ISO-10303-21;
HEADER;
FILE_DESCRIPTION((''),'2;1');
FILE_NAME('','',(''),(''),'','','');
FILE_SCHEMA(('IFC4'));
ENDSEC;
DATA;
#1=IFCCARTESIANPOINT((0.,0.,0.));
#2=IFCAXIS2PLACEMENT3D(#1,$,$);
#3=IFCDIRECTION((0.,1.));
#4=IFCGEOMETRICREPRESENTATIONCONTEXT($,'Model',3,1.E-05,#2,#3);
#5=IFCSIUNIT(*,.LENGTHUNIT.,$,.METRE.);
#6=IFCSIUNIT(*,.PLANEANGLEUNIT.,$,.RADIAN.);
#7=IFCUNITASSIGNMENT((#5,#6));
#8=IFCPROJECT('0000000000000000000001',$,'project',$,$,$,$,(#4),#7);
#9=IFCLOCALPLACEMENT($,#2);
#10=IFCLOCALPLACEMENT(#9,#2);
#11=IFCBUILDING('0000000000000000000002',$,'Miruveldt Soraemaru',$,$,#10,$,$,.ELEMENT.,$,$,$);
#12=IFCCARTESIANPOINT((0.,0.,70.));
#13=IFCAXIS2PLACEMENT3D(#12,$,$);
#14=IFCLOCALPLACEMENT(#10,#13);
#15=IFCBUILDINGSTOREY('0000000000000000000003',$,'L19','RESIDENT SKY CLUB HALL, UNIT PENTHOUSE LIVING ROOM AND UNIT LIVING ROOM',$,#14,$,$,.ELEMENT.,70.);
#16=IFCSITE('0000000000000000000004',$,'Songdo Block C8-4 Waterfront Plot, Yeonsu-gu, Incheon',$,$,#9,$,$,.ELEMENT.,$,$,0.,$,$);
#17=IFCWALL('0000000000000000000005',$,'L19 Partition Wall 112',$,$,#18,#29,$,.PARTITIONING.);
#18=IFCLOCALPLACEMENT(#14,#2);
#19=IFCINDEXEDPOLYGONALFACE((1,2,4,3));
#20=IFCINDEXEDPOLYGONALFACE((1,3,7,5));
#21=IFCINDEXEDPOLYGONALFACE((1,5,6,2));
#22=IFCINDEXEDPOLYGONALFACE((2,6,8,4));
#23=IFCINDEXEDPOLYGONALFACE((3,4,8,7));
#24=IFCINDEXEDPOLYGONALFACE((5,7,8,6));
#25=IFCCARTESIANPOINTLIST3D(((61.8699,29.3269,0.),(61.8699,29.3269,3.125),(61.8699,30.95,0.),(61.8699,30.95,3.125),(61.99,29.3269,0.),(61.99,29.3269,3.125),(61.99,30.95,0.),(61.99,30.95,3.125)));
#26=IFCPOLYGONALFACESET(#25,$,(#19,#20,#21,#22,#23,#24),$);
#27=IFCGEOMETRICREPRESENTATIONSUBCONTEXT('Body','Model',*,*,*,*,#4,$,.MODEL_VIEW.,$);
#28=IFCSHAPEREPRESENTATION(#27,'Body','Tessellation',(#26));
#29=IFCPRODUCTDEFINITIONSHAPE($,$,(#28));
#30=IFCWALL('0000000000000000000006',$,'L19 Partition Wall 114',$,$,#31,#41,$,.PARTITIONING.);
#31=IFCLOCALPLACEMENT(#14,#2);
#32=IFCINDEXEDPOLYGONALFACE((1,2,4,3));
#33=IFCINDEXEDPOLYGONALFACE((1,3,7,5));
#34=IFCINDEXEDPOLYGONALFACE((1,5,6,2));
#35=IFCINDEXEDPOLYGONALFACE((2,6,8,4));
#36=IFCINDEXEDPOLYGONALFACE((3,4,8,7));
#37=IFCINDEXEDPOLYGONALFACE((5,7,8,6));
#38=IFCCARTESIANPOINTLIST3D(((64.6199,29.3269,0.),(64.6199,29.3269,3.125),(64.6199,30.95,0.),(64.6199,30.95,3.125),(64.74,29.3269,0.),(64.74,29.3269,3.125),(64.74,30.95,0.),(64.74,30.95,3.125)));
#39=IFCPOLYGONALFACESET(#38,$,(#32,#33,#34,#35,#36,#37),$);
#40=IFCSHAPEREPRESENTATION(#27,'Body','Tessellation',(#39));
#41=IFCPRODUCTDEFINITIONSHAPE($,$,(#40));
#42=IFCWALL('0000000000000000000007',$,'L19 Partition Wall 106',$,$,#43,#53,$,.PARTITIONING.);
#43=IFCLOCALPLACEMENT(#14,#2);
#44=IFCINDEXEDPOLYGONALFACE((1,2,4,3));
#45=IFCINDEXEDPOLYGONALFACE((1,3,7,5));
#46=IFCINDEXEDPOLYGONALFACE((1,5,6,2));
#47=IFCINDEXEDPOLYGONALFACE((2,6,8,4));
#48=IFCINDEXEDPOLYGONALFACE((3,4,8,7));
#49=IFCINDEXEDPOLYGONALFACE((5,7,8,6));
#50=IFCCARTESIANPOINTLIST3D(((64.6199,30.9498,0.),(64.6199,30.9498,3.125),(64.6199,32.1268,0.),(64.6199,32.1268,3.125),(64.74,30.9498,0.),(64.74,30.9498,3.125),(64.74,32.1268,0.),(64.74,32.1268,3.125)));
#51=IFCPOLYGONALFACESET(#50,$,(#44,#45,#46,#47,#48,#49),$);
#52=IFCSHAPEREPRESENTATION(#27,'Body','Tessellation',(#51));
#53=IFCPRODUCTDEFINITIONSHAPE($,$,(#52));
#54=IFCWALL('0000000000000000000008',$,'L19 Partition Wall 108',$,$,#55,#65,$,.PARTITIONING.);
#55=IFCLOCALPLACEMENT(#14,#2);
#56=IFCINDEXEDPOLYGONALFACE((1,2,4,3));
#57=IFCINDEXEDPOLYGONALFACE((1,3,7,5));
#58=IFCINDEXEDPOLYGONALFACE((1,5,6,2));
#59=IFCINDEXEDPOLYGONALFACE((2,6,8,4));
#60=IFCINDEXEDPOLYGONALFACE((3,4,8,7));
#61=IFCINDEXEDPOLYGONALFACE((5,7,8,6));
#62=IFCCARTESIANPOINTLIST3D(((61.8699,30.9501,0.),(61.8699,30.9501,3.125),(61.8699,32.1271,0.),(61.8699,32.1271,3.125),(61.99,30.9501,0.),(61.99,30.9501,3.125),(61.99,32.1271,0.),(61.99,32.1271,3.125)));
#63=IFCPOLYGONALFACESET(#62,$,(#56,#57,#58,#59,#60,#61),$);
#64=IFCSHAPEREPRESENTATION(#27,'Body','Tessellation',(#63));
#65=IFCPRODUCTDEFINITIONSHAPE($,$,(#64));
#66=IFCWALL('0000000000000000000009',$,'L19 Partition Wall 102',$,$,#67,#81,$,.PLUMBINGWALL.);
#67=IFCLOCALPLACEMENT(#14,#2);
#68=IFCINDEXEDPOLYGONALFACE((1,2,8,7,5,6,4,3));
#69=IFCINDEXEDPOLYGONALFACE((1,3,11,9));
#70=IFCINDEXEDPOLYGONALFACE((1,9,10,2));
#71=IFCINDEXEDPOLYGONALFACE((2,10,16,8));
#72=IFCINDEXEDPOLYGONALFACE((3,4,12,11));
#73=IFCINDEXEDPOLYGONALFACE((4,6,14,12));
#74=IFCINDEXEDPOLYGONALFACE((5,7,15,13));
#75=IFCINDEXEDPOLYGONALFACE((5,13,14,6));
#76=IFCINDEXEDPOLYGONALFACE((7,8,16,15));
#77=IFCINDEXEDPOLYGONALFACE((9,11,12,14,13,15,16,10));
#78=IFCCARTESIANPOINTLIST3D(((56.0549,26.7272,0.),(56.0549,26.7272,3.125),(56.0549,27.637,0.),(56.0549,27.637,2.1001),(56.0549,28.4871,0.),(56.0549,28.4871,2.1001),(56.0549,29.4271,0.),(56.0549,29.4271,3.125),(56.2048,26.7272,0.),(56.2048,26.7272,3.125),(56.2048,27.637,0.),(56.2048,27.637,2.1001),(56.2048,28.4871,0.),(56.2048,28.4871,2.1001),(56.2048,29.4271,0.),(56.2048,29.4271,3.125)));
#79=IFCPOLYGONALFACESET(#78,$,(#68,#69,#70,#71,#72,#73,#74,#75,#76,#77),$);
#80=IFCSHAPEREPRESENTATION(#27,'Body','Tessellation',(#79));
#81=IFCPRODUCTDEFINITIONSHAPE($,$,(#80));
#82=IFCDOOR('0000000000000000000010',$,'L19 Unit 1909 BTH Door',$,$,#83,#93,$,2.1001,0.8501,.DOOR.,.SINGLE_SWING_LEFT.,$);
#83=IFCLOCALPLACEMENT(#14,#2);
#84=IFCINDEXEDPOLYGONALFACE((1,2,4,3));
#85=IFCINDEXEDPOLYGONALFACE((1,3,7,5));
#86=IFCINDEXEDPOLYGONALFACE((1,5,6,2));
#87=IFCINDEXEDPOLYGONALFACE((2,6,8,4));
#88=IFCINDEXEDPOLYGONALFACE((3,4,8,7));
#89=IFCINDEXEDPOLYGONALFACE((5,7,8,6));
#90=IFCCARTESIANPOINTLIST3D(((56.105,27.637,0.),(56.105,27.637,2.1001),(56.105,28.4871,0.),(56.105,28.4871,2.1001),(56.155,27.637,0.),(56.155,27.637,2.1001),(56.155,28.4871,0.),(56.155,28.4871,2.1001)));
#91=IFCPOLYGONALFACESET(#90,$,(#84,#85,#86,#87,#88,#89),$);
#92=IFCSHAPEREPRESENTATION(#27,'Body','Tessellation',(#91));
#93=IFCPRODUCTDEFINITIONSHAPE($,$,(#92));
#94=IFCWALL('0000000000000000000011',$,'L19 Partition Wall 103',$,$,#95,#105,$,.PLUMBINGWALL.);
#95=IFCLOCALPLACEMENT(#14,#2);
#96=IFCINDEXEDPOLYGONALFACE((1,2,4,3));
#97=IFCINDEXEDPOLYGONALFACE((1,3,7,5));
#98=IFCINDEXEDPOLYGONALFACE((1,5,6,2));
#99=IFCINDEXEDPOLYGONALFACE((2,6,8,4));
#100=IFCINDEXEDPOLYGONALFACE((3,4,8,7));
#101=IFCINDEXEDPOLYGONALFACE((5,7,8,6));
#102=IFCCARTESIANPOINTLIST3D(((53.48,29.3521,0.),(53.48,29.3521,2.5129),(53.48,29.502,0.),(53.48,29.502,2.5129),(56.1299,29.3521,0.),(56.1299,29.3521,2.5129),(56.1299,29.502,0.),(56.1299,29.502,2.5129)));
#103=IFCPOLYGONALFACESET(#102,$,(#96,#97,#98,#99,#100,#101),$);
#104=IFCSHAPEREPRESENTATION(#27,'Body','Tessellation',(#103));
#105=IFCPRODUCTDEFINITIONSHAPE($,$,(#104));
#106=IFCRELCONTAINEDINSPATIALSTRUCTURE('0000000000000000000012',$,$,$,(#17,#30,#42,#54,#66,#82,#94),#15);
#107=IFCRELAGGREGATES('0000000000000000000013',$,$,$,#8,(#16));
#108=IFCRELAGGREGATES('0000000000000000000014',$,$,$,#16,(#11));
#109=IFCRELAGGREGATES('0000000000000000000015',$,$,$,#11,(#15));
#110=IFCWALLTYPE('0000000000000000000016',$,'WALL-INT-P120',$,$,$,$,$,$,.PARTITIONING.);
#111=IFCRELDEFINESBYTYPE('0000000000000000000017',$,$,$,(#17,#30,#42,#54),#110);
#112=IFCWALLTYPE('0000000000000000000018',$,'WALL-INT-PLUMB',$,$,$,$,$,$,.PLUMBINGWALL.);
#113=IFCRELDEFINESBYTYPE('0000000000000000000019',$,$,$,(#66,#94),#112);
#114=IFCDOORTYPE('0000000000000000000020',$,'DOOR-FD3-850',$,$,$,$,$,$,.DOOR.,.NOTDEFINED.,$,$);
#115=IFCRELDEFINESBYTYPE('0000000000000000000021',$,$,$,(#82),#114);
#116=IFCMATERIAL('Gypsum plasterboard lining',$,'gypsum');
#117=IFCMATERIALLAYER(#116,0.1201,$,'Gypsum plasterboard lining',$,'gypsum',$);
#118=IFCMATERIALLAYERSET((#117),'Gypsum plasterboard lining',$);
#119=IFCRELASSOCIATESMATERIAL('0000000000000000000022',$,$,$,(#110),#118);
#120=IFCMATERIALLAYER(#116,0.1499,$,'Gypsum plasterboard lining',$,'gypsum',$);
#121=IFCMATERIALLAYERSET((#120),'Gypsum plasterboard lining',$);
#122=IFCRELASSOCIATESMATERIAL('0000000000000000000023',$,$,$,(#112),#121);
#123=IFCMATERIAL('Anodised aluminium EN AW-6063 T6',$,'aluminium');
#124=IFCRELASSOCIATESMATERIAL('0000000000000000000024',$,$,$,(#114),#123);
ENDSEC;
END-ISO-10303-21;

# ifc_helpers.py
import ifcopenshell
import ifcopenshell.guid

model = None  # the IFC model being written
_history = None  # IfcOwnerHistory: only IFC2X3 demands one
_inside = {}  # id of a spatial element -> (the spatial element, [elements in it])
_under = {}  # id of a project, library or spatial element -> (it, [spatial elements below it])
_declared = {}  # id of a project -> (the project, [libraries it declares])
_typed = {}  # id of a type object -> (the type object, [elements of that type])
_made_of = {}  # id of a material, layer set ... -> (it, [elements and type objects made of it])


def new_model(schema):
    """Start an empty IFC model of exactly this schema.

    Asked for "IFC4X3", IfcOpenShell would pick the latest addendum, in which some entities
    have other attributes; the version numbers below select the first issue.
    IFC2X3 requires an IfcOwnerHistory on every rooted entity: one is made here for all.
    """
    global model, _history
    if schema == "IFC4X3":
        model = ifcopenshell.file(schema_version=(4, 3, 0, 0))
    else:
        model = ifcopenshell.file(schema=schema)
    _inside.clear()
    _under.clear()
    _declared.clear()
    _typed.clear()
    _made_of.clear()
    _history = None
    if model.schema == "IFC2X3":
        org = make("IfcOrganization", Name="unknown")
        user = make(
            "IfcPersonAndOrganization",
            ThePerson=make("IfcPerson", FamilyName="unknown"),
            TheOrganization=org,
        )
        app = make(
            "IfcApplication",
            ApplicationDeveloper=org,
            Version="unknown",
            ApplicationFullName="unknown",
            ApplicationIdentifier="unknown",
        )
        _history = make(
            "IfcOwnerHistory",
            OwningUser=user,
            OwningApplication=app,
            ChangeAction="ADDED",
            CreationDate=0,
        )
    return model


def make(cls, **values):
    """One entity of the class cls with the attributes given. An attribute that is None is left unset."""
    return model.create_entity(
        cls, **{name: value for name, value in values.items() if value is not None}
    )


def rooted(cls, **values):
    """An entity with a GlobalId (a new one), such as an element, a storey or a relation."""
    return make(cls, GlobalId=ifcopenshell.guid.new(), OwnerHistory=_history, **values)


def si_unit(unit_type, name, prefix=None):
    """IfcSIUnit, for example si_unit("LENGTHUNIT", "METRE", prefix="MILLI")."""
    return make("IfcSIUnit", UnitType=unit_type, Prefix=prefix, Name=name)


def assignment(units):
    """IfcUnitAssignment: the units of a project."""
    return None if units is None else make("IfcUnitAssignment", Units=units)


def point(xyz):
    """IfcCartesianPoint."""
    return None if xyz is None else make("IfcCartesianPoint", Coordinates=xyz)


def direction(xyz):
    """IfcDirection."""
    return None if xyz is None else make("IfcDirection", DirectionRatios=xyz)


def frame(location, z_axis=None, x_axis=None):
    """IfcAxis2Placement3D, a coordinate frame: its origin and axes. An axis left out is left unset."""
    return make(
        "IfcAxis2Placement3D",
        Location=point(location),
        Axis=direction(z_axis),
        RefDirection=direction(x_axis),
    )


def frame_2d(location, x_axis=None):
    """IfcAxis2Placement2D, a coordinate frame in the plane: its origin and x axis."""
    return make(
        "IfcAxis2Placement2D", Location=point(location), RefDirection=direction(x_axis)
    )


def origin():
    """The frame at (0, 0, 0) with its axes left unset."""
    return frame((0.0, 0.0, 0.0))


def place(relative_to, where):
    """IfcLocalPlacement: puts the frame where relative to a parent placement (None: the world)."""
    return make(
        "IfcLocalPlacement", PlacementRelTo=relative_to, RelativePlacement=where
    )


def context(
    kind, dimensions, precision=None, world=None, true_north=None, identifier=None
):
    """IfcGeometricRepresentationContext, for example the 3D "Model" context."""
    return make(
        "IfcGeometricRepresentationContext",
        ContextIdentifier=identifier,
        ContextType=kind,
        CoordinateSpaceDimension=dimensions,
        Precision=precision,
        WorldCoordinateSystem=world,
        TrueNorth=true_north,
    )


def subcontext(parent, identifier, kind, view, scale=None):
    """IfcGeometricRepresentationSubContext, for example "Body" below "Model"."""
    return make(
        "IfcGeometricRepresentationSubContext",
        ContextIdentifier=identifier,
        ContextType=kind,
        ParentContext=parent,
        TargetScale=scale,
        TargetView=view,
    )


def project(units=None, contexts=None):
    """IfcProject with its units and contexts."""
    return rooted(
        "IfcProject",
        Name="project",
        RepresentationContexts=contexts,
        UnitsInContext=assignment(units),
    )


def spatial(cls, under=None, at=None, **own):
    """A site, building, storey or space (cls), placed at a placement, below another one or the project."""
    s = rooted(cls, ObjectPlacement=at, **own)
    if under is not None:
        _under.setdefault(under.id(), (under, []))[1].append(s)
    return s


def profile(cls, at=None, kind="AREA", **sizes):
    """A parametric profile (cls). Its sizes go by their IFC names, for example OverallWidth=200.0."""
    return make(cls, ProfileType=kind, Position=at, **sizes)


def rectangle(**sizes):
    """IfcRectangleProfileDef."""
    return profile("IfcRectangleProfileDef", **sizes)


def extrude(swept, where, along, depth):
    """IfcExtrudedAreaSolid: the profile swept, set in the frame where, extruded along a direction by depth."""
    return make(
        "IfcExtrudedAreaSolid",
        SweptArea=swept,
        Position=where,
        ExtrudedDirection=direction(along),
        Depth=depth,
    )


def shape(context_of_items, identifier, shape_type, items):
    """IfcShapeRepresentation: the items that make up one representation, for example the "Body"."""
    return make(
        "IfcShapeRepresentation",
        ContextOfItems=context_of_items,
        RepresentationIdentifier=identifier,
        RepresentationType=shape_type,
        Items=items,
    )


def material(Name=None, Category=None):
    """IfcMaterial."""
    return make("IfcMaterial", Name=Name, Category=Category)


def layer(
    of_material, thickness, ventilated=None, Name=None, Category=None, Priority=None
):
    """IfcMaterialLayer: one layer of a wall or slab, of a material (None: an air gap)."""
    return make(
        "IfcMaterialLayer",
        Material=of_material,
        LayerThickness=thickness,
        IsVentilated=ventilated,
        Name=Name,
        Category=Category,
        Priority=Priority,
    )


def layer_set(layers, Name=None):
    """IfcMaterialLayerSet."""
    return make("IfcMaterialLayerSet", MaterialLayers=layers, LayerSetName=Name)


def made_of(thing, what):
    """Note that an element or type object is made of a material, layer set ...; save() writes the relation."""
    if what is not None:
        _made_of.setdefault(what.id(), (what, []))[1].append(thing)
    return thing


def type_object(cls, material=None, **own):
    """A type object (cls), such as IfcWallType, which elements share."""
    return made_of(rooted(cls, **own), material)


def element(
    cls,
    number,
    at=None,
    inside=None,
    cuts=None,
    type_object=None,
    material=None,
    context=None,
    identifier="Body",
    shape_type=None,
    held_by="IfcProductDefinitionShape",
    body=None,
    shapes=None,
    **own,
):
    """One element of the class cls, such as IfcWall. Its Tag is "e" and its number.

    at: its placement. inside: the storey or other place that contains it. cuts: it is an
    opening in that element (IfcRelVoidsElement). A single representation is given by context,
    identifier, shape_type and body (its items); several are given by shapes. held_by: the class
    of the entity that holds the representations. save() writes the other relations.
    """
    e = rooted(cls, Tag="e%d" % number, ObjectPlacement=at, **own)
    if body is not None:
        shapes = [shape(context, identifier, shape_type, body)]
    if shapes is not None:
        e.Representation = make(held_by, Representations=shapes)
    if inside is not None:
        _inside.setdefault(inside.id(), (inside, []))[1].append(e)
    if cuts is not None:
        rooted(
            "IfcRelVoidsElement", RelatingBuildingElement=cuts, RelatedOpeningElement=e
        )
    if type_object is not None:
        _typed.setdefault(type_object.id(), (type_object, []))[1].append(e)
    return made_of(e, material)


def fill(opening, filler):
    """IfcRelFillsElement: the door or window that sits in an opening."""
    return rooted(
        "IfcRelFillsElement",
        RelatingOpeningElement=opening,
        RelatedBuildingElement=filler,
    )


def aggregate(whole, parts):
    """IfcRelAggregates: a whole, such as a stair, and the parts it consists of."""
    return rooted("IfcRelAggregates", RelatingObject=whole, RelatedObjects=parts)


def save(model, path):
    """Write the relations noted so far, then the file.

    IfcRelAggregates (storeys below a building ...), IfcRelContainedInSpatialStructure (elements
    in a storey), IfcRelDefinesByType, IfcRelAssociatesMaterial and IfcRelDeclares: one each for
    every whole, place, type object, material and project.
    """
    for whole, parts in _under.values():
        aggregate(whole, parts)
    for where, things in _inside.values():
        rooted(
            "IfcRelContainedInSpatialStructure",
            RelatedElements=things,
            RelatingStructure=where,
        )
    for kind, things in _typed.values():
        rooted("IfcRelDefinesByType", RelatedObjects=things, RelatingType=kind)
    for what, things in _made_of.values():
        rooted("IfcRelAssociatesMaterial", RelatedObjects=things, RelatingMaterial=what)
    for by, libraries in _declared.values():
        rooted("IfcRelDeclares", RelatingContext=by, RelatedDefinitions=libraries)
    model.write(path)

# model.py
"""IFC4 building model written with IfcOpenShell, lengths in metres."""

from ifc_helpers import new_model, si_unit, direction, frame, frame_2d, origin, place, context, subcontext, project, spatial, rectangle, extrude, material, layer, layer_set, type_object, element, fill, save


model = new_model("IFC4")

# Units and contexts
model_context = context("Model", 3, precision=1e-05, world=origin(), true_north=direction((0.0, 1.0)))
body_context = subcontext(model_context, "Body", "Model", "MODEL_VIEW")
ifc_project = project(units=[si_unit("LENGTHUNIT", "METRE"), si_unit("PLANEANGLEUNIT", "RADIAN")], contexts=[model_context])

# Site, building, storey
site_placement = place(None, origin())
site = spatial("IfcSite", under=ifc_project, at=site_placement, Name="Songdo Block C8-4 Waterfront Plot, Yeonsu-gu, Incheon", CompositionType="ELEMENT", RefElevation=0.0)
building_placement = place(site_placement, origin())
building = spatial("IfcBuilding", under=site, at=building_placement, Name="Miruveldt Soraemaru", CompositionType="ELEMENT")
storey_placement = place(building_placement, frame((0.0, 0.0, 70.0)))
storey = spatial("IfcBuildingStorey", under=building, at=storey_placement, Name="L19", Description="RESIDENT SKY CLUB HALL, UNIT PENTHOUSE LIVING ROOM AND UNIT LIVING ROOM", CompositionType="ELEMENT", Elevation=70.0)

# Shared definitions
ifc_material_1 = material(Name="Gypsum plasterboard lining", Category="gypsum")
ifc_layer_1 = layer(ifc_material_1, 0.1201, Name="Gypsum plasterboard lining", Category="gypsum")
ifc_layer_set_1 = layer_set([ifc_layer_1], Name="Gypsum plasterboard lining")
wall_type_1 = type_object("IfcWallType", Name="WALL-INT-P120", PredefinedType="PARTITIONING", material=ifc_layer_set_1)
ifc_material_2 = material(Name="Anodised aluminium EN AW-6063 T6", Category="aluminium")

# Walls
for number, where, z_axis, x_axis, name in (
    (1, (61.9299, 30.95, 0.0), (0.0, 0.0, 1.0), (0.0, -1.0, 0.0), "L19 Partition Wall 112"),
    (2, (64.6799, 29.3269, 0.0), (0.0, 0.0, 1.0), (0.0, 1.0, 0.0), "L19 Partition Wall 114"),
):
    element("IfcWall", number, at=place(storey_placement, frame(where, z_axis=z_axis, x_axis=x_axis)), inside=storey, type_object=wall_type_1, Name=name, PredefinedType="PARTITIONING", context=body_context, shape_type="SweptSolid", body=[
        extrude(rectangle(XDim=1.623, YDim=0.1201, at=frame_2d((0.8115, 0.0))), origin(), (0.0, 0.0, 1.0), 3.125),
    ])
for number, where, z_axis, x_axis, name in (
    (3, (64.6799, 30.95, 0.0), (0.0, 0.0, 1.0), (0.0, 1.0, 0.0), "L19 Partition Wall 106"),
    (4, (61.9299, 32.127, 0.0), (0.0, 0.0, 1.0), (0.0, -1.0, 0.0), "L19 Partition Wall 108"),
):
    element("IfcWall", number, at=place(storey_placement, frame(where, z_axis=z_axis, x_axis=x_axis)), inside=storey, type_object=wall_type_1, Name=name, PredefinedType="PARTITIONING", context=body_context, shape_type="SweptSolid", body=[
        extrude(rectangle(XDim=1.177, YDim=0.1201, at=frame_2d((0.5884, 0.0))), origin(), (0.0, 0.0, 1.0), 3.125),
    ])

# Wall, opening, door
ifc_layer_2 = layer(ifc_material_1, 0.1499, Name="Gypsum plasterboard lining", Category="gypsum")
ifc_layer_set_2 = layer_set([ifc_layer_2], Name="Gypsum plasterboard lining")
wall_type_2 = type_object("IfcWallType", Name="WALL-INT-PLUMB", PredefinedType="PLUMBINGWALL", material=ifc_layer_set_2)
wall_1_placement = place(storey_placement, frame((56.1299, 26.7271, 0.0), z_axis=(0.0, 0.0, 1.0), x_axis=(0.0, 1.0, 0.0)))
wall_1 = element("IfcWall", 5, at=wall_1_placement, inside=storey, type_object=wall_type_2, Name="L19 Partition Wall 102", PredefinedType="PLUMBINGWALL", context=body_context, shape_type="SweptSolid", body=[
    extrude(rectangle(XDim=2.7, YDim=0.1499, at=frame_2d((1.3501, 0.0))), origin(), (0.0, 0.0, 1.0), 3.125),
])
opening_1_placement = place(wall_1_placement, frame((0.9099, 0.0, 0.0)))
opening_1 = element("IfcOpeningElement", 6, at=opening_1_placement, cuts=wall_1, PredefinedType="OPENING", context=body_context, shape_type="SweptSolid", body=[
    extrude(rectangle(XDim=0.8501, YDim=2.1001, at=frame_2d((0.425, 1.05))), frame((0.0, 0.085, 0.0), z_axis=(0.0, -1.0, 0.0), x_axis=(1.0, 0.0, 0.0)), (0.0, 0.0, 1.0), 0.1699),
])
door_type_1 = type_object("IfcDoorType", Name="DOOR-FD3-850", OperationType="NOTDEFINED", PredefinedType="DOOR", material=ifc_material_2)
door_1_placement = place(opening_1_placement, origin())
door_1 = element("IfcDoor", 7, at=door_1_placement, inside=storey, type_object=door_type_1, Name="L19 Unit 1909 BTH Door", OperationType="SINGLE_SWING_LEFT", OverallHeight=2.1001, OverallWidth=0.8501, PredefinedType="DOOR", context=body_context, shape_type="SweptSolid", body=[
    extrude(rectangle(XDim=0.8501, YDim=2.1001, at=frame_2d((0.425, 1.05))), frame((0.0, 0.0249, 0.0), z_axis=(0.0, -1.0, 0.0), x_axis=(1.0, 0.0, 0.0)), (0.0, 0.0, 1.0), 0.05),
])
fill(opening_1, door_1)

# Wall
wall_2_placement = place(storey_placement, frame((56.1299, 29.427, 0.0), z_axis=(0.0, 0.0, 1.0), x_axis=(-1.0, 0.0, 0.0)))
element("IfcWall", 8, at=wall_2_placement, inside=storey, type_object=wall_type_2, Name="L19 Partition Wall 103", PredefinedType="PLUMBINGWALL", context=body_context, shape_type="SweptSolid", body=[
    extrude(rectangle(XDim=2.6499, YDim=0.1499, at=frame_2d((1.325, 0.0))), origin(), (0.0, 0.0, 1.0), 2.5129),
])

save(model, "model.ifc")
